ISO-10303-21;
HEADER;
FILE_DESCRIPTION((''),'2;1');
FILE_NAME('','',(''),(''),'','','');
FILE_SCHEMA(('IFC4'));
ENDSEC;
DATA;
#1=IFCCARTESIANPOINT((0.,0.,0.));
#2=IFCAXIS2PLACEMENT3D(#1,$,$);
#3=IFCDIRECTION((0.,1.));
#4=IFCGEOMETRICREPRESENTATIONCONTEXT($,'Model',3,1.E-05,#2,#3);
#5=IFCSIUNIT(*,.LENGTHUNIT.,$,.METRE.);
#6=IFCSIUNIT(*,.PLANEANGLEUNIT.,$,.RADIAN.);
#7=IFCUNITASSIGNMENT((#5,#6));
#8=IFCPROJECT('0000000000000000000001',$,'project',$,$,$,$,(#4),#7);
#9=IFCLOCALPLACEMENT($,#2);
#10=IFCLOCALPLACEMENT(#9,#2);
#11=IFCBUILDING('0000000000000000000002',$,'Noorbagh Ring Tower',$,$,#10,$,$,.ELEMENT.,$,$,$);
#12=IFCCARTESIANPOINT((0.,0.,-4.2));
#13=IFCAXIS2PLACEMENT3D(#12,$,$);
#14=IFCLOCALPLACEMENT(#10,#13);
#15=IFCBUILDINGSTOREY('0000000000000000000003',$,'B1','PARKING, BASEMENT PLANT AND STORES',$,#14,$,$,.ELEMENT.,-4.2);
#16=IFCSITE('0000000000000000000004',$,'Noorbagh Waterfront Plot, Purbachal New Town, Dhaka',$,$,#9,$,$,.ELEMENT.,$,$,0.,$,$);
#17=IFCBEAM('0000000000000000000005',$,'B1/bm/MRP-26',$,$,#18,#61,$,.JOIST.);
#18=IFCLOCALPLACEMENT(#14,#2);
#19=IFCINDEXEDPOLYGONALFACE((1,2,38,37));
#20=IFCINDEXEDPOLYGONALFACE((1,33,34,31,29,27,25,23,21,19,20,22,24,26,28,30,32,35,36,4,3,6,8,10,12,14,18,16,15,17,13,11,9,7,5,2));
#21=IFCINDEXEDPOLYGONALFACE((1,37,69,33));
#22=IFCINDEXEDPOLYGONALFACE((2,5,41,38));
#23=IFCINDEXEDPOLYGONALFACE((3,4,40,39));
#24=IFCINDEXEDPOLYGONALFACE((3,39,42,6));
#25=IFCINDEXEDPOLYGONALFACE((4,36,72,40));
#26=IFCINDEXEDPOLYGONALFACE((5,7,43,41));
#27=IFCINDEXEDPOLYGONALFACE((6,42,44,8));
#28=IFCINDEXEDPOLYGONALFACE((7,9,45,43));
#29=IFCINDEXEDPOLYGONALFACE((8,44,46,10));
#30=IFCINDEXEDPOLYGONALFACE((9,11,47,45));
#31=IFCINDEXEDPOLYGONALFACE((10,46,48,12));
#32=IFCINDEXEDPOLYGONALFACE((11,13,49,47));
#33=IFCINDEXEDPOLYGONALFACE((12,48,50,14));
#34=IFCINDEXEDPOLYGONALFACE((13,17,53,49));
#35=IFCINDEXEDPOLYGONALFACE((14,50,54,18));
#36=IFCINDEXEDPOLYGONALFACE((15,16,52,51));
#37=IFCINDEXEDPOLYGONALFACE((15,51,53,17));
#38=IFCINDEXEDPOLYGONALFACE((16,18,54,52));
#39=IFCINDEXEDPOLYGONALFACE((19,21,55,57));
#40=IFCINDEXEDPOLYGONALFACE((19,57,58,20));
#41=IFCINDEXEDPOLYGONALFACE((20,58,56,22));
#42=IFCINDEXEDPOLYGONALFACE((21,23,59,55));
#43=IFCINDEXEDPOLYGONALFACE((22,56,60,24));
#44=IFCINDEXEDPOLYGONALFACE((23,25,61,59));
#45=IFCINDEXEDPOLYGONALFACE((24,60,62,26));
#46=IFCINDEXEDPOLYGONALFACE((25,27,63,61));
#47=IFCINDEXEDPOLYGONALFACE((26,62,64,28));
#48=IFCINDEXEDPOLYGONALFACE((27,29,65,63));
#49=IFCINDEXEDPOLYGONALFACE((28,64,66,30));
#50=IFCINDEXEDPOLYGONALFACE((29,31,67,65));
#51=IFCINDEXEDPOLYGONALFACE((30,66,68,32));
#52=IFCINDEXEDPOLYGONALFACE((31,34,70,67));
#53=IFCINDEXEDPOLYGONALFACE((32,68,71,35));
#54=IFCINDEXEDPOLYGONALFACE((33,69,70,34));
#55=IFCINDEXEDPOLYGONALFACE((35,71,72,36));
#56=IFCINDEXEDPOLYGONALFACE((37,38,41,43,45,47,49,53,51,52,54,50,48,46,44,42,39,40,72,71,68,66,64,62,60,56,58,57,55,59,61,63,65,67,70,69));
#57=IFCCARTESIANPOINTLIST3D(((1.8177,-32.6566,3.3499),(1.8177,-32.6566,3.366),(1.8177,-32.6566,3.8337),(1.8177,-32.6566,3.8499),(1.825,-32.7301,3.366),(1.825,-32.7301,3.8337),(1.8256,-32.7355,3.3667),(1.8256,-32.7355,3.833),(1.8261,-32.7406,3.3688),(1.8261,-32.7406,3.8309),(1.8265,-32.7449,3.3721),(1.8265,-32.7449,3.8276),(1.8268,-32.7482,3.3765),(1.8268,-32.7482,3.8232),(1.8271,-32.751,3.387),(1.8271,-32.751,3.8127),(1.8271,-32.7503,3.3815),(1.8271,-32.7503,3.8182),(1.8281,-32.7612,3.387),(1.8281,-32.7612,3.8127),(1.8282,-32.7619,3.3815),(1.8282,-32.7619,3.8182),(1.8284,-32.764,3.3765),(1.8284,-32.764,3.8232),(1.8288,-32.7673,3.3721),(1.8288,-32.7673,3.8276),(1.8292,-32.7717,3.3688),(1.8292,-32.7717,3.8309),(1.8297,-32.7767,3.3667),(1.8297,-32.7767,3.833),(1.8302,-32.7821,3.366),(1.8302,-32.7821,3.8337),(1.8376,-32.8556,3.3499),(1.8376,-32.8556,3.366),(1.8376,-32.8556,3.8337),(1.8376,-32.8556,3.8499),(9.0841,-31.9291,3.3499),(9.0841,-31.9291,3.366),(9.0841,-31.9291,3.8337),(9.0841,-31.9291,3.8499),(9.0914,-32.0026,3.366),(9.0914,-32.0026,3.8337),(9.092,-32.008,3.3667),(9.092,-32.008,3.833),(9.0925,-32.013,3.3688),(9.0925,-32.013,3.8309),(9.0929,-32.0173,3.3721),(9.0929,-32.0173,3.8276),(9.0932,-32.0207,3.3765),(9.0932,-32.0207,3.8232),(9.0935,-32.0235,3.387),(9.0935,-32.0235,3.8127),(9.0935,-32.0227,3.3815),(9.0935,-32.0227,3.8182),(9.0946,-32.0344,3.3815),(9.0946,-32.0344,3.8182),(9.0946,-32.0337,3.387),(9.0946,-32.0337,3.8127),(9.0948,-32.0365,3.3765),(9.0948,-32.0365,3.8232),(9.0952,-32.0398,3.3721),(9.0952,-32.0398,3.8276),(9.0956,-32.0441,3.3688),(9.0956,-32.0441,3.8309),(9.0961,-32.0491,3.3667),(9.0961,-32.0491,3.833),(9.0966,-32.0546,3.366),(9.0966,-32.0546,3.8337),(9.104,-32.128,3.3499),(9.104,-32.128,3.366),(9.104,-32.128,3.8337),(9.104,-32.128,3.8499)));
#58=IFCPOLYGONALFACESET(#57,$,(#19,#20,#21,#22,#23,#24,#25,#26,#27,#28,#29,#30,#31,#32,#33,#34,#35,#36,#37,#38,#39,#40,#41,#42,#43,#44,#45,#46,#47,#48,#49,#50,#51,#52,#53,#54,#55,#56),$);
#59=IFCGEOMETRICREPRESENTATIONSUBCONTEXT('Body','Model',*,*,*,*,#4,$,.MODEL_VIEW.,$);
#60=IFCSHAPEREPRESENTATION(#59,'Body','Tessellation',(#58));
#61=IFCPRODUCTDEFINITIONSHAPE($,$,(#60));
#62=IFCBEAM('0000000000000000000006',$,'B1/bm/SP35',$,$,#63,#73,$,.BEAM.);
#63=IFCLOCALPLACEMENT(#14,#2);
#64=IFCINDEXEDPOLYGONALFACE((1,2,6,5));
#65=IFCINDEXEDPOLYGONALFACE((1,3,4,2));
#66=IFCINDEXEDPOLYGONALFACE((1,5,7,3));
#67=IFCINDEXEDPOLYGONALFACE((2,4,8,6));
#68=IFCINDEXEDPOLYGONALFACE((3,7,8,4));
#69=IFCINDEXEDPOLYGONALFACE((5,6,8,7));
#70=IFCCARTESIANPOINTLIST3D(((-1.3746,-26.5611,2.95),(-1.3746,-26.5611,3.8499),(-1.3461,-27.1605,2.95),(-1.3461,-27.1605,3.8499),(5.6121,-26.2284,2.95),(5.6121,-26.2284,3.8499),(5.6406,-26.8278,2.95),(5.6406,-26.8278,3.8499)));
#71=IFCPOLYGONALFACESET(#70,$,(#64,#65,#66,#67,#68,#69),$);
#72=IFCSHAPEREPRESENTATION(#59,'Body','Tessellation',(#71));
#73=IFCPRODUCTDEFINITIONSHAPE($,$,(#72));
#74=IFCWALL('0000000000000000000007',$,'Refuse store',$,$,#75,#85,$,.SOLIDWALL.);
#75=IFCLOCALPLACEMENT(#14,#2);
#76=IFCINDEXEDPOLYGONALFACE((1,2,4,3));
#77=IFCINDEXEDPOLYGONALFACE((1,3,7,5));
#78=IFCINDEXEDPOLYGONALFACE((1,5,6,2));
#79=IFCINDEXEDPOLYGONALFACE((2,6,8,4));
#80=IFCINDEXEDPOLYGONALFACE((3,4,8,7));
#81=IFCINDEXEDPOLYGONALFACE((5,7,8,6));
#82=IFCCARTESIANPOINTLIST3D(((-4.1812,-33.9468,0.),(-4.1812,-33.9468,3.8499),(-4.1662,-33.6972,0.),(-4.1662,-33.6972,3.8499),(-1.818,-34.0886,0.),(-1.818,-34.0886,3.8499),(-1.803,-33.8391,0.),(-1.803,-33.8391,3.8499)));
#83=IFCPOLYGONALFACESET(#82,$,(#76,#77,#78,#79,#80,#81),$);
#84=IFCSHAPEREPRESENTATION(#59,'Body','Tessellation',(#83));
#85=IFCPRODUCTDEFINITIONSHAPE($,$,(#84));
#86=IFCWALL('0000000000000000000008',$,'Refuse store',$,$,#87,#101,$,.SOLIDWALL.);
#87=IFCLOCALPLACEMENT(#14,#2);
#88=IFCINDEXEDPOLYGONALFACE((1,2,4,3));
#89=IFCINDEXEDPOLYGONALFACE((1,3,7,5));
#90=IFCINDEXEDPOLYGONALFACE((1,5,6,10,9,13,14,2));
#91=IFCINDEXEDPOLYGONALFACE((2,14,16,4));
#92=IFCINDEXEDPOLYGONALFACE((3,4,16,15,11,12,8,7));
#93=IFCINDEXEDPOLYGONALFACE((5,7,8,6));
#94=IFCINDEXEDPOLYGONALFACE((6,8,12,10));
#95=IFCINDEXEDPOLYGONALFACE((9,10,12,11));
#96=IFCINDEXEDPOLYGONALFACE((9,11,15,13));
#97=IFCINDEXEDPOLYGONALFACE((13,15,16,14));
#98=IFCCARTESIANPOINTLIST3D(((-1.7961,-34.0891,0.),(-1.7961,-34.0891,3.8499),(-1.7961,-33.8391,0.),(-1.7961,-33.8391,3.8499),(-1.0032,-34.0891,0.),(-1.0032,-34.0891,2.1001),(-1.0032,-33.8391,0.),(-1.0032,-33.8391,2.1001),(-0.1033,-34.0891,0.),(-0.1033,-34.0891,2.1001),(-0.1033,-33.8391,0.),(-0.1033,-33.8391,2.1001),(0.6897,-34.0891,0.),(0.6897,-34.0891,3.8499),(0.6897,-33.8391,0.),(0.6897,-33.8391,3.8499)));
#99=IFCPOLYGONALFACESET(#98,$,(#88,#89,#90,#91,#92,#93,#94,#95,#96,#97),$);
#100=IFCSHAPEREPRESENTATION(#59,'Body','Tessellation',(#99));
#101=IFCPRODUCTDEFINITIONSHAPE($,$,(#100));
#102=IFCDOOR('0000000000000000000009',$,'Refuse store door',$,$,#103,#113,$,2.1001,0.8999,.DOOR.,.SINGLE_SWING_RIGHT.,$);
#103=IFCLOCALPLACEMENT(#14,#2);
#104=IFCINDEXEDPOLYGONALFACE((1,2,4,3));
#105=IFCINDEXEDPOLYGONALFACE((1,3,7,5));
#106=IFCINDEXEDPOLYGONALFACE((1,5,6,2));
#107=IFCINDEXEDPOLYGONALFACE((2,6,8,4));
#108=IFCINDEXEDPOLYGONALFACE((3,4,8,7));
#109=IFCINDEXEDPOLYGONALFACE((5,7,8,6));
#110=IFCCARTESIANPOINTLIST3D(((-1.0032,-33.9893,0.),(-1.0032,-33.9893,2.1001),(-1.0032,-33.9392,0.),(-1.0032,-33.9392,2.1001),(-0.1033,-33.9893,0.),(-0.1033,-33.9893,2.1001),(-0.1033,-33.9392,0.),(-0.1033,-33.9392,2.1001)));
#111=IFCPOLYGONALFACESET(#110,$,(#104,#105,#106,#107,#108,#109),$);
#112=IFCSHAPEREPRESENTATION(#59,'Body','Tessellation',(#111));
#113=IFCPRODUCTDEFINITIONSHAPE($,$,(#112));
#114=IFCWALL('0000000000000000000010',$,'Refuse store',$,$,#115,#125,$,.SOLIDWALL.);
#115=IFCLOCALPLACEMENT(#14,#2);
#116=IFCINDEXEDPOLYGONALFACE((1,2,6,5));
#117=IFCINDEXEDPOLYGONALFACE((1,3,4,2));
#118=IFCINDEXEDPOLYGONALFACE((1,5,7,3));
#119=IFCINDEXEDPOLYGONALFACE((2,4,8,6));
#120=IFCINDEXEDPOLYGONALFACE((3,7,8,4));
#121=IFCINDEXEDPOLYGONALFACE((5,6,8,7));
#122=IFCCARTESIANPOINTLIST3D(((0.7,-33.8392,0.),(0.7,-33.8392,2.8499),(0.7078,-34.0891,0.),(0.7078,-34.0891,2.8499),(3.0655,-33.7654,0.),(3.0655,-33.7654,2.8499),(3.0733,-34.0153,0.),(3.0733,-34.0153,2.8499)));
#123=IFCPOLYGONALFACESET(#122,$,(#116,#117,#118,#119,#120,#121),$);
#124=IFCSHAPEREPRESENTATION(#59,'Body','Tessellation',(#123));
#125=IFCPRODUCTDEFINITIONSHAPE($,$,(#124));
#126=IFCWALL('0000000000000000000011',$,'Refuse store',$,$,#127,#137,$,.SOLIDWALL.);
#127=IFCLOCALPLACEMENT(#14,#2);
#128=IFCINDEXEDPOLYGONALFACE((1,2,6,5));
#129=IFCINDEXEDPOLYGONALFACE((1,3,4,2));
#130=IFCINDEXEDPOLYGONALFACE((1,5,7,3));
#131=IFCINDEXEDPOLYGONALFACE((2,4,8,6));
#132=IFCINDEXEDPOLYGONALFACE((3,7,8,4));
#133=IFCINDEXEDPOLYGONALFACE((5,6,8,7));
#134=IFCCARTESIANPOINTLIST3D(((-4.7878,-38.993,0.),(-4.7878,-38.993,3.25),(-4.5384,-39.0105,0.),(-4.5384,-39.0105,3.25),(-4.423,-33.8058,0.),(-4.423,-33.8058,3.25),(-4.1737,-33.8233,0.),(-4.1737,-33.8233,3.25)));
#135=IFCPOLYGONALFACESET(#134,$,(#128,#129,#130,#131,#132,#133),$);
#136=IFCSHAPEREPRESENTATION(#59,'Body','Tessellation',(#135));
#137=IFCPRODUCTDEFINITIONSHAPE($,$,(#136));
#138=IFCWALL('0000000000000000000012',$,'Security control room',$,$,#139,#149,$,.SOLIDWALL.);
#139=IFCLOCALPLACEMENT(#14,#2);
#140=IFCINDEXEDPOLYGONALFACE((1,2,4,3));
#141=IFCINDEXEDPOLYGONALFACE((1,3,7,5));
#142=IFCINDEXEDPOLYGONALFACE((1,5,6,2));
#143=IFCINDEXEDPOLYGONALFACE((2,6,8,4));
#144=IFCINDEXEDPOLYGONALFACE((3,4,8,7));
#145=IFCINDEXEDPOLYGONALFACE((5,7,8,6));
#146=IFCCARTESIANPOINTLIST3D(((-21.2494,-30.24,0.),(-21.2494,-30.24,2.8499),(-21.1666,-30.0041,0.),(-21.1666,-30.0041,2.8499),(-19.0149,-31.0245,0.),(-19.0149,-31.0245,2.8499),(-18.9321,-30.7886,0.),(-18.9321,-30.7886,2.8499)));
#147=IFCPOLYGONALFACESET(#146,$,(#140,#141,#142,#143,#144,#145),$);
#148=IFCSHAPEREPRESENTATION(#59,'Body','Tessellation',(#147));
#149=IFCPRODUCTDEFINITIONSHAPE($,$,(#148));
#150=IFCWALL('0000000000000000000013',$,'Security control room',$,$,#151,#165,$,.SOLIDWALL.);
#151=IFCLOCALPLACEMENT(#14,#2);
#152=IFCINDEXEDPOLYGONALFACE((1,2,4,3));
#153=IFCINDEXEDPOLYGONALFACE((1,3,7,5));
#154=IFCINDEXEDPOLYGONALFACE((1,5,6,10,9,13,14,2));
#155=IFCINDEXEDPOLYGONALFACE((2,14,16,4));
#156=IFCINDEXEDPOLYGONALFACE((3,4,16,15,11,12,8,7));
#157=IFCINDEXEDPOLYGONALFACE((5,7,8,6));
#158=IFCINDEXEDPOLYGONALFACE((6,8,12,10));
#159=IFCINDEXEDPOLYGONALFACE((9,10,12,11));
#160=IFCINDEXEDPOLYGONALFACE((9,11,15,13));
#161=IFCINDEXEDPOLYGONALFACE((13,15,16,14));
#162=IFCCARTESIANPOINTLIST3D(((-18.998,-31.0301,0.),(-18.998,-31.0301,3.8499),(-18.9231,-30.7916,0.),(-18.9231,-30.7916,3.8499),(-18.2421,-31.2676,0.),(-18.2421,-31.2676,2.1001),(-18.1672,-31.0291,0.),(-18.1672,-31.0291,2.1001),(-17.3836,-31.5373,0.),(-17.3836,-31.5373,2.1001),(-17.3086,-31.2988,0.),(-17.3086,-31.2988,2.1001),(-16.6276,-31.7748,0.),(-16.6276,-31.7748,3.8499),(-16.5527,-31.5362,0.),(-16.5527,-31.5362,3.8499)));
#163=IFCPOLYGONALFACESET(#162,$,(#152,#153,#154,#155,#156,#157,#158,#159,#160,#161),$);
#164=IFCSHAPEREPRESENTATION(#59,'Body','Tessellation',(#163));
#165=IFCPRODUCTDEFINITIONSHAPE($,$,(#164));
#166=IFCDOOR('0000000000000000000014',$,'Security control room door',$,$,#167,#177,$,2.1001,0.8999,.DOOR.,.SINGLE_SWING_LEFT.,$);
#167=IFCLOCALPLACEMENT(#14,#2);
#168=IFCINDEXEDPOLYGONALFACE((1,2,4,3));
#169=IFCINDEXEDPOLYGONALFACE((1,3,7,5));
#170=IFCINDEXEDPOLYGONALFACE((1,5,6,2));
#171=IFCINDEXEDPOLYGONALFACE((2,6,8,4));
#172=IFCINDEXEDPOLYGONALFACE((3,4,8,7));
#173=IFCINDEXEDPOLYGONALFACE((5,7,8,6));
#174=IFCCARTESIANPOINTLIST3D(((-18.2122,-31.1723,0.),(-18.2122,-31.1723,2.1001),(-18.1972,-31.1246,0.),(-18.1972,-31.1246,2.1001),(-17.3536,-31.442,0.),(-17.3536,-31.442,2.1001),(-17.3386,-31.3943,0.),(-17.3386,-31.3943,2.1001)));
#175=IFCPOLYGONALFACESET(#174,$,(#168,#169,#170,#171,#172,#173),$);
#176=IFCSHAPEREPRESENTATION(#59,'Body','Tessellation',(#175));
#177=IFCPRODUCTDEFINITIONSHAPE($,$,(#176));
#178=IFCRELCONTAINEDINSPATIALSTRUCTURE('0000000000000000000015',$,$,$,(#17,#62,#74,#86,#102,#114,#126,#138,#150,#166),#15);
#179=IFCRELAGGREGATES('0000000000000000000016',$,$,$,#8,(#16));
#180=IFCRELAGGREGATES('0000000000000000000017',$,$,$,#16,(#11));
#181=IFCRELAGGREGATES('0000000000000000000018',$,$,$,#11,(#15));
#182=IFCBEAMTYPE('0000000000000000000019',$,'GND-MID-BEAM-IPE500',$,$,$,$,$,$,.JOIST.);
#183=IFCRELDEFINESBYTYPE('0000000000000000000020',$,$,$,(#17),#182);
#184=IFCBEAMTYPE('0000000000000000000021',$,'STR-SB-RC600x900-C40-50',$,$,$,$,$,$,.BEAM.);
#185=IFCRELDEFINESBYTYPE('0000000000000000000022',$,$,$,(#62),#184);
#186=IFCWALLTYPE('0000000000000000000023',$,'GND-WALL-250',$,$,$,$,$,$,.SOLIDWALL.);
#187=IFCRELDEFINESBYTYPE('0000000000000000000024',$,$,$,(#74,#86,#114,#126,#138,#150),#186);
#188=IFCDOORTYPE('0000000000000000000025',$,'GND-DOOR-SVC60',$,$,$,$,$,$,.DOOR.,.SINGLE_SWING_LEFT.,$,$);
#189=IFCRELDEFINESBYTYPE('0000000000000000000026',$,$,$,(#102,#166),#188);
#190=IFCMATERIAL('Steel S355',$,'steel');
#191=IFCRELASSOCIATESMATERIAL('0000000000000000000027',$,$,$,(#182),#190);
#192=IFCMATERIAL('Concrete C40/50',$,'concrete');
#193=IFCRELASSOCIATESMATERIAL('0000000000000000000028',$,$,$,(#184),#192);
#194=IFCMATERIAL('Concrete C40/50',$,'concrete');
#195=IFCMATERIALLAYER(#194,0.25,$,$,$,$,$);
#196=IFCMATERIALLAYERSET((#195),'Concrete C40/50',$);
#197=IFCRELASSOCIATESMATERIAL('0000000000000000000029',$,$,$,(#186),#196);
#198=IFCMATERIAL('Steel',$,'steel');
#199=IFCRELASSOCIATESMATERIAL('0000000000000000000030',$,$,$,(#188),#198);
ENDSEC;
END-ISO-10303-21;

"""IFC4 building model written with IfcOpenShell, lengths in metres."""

from ifc_helpers import new_model, si_unit, direction, frame, frame_2d, origin, origin_2d, place, context, subcontext, project, spatial, rectangle, i_section, extrude, material, layer, layer_set, material_profile, profile_set, type_object, element, fill, save


model = new_model("IFC4")

# Units and contexts
model_context = context("Model", 3, precision=1e-05, world=origin(), true_north=direction((0.0, 1.0)))
body_context = subcontext(model_context, "Body", "Model", "MODEL_VIEW")
ifc_project = project(units=[si_unit("LENGTHUNIT", "METRE"), si_unit("PLANEANGLEUNIT", "RADIAN")], contexts=[model_context])

# Site, building, storey
site_placement = place(None, origin())
site = spatial("IfcSite", under=ifc_project, at=site_placement, Name="Noorbagh Waterfront Plot, Purbachal New Town, Dhaka", CompositionType="ELEMENT", RefElevation=0.0)
building_placement = place(site_placement, origin())
building = spatial("IfcBuilding", under=site, at=building_placement, Name="Noorbagh Ring Tower", CompositionType="ELEMENT")
storey_placement = place(building_placement, frame((0.0, 0.0, -4.2)))
storey = spatial("IfcBuildingStorey", under=building, at=storey_placement, Name="B1", Description="PARKING, BASEMENT PLANT AND STORES", CompositionType="ELEMENT", Elevation=-4.2)

# Beams
ifc_material_1 = material(Name="Steel S355", Category="steel")
ifc_material_profile_1 = material_profile(ifc_material_1, i_section(OverallWidth=0.2, OverallDepth=0.5, WebThickness=0.0103, FlangeThickness=0.0161, FilletRadius=0.021, at=origin_2d()), Name="IPE500")
ifc_profile_set_1 = profile_set([ifc_material_profile_1], Name="Steel S355")
beam_type_1 = type_object("IfcBeamType", Name="GND-MID-BEAM-IPE500", PredefinedType="JOIST", material=ifc_profile_set_1)
beam_1_placement = place(storey_placement, frame((1.8276, -32.7561, 3.5999), z_axis=(0.995025, 0.099626, 0.0), x_axis=(-0.099626, 0.995025, 0.0)))
element("IfcBeam", 1, at=beam_1_placement, inside=storey, type_object=beam_type_1, Name="B1/bm/MRP-26", PredefinedType="JOIST", context=body_context, shape_type="SweptSolid", body=[
    extrude(i_section(OverallWidth=0.2, OverallDepth=0.5, WebThickness=0.0103, FlangeThickness=0.0161, FilletRadius=0.021, at=origin_2d()), origin(), (0.0, 0.0, 1.0), 7.3027),
])
ifc_material_2 = material(Name="Concrete C40/50", Category="concrete")
ifc_material_profile_2 = material_profile(ifc_material_2, rectangle(XDim=0.6001, YDim=0.8999, at=origin_2d()), Name="RC600x900")
ifc_profile_set_2 = profile_set([ifc_material_profile_2], Name="Concrete C40/50")
beam_type_2 = type_object("IfcBeamType", Name="STR-SB-RC600x900-C40-50", PredefinedType="BEAM", material=ifc_profile_set_2)
beam_2_placement = place(storey_placement, frame((-1.3604, -26.8608, 3.3999), z_axis=(0.998868, 0.047573, 0.0), x_axis=(-0.047573, 0.998868, 0.0)))
element("IfcBeam", 2, at=beam_2_placement, inside=storey, type_object=beam_type_2, Name="B1/bm/SP35", PredefinedType="BEAM", context=body_context, shape_type="SweptSolid", body=[
    extrude(rectangle(XDim=0.6001, YDim=0.8999, at=origin_2d()), origin(), (0.0, 0.0, 1.0), 6.9946),
])

# Wall
ifc_material_3 = material(Name="Concrete C40/50", Category="concrete")
ifc_layer_1 = layer(ifc_material_3, 0.25)
ifc_layer_set_1 = layer_set([ifc_layer_1], Name="Concrete C40/50")
wall_type_1 = type_object("IfcWallType", Name="GND-WALL-250", PredefinedType="SOLIDWALL", material=ifc_layer_set_1)
wall_1_placement = place(storey_placement, frame((-4.1736, -33.822, 0.0), z_axis=(0.0, 0.0, 1.0), x_axis=(0.998204, -0.059913, 0.0)))
element("IfcWall", 3, at=wall_1_placement, inside=storey, type_object=wall_type_1, Name="Refuse store", PredefinedType="SOLIDWALL", context=body_context, shape_type="SweptSolid", body=[
    extrude(rectangle(XDim=2.3674, YDim=0.25, at=frame_2d((1.1836, 0.0))), origin(), (0.0, 0.0, 1.0), 3.8499),
])

# Wall, opening, door
wall_2_placement = place(storey_placement, frame((-1.7961, -33.9641, 0.0), z_axis=(0.0, 0.0, 1.0), x_axis=(1.0, 0.0, 0.0)))
wall_2 = element("IfcWall", 4, at=wall_2_placement, inside=storey, type_object=wall_type_1, Name="Refuse store", PredefinedType="SOLIDWALL", context=body_context, shape_type="SweptSolid", body=[
    extrude(rectangle(XDim=2.4858, YDim=0.25, at=frame_2d((1.2429, 0.0))), origin(), (0.0, 0.0, 1.0), 3.8499),
])
opening_1_placement = place(wall_2_placement, frame((0.793, 0.0, 0.0)))
opening_1 = element("IfcOpeningElement", 5, at=opening_1_placement, cuts=wall_2, PredefinedType="OPENING", context=body_context, shape_type="SweptSolid", body=[
    extrude(rectangle(XDim=0.8999, YDim=2.1001, at=frame_2d((0.45, 1.05))), frame((0.0, 0.135, 0.0), z_axis=(0.0, -1.0, 0.0), x_axis=(1.0, 0.0, 0.0)), (0.0, 0.0, 1.0), 0.27),
])
ifc_material_4 = material(Name="Steel", Category="steel")
door_type_1 = type_object("IfcDoorType", Name="GND-DOOR-SVC60", OperationType="SINGLE_SWING_LEFT", PredefinedType="DOOR", material=ifc_material_4)
door_1_placement = place(opening_1_placement, origin())
door_1 = element("IfcDoor", 6, at=door_1_placement, inside=storey, type_object=door_type_1, Name="Refuse store door", OperationType="SINGLE_SWING_RIGHT", OverallHeight=2.1001, OverallWidth=0.8999, PredefinedType="DOOR", context=body_context, shape_type="SweptSolid", body=[
    extrude(rectangle(XDim=0.8999, YDim=2.1001, at=frame_2d((0.45, 1.05))), frame((0.0, 0.0249, 0.0), z_axis=(0.0, -1.0, 0.0), x_axis=(1.0, 0.0, 0.0)), (0.0, 0.0, 1.0), 0.05),
])
fill(opening_1, door_1)

# Walls
wall_3_placement = place(storey_placement, frame((0.7039, -33.9641, 0.0), z_axis=(0.0, 0.0, 1.0), x_axis=(0.999515, 0.031154, 0.0)))
element("IfcWall", 7, at=wall_3_placement, inside=storey, type_object=wall_type_1, Name="Refuse store", PredefinedType="SOLIDWALL", context=body_context, shape_type="SweptSolid", body=[
    extrude(rectangle(XDim=2.3667, YDim=0.25, at=frame_2d((1.1833, 0.0))), origin(), (0.0, 0.0, 1.0), 2.8499),
])
wall_4_placement = place(storey_placement, frame((-4.2983, -33.8145, 0.0), z_axis=(0.0, 0.0, 1.0), x_axis=(-0.070143, -0.997537, 0.0)))
element("IfcWall", 8, at=wall_4_placement, inside=storey, type_object=wall_type_1, Name="Refuse store", PredefinedType="SOLIDWALL", context=body_context, shape_type="SweptSolid", body=[
    extrude(rectangle(XDim=5.2, YDim=0.25, at=frame_2d((2.6001, 0.0))), origin(), (0.0, 0.0, 1.0), 3.25),
])
wall_5_placement = place(storey_placement, frame((-21.208, -30.1221, 0.0), z_axis=(0.0, 0.0, 1.0), x_axis=(0.943543, -0.33125, 0.0)))
element("IfcWall", 9, at=wall_5_placement, inside=storey, type_object=wall_type_1, Name="Security control room", PredefinedType="SOLIDWALL", context=body_context, shape_type="SweptSolid", body=[
    extrude(rectangle(XDim=2.3682, YDim=0.25, at=frame_2d((1.1841, 0.0))), origin(), (0.0, 0.0, 1.0), 2.8499),
])

# Wall, opening, door
wall_6_placement = place(storey_placement, frame((-18.9604, -30.9109, 0.0), z_axis=(0.0, 0.0, 1.0), x_axis=(0.954033, -0.299701, 0.0)))
wall_6 = element("IfcWall", 10, at=wall_6_placement, inside=storey, type_object=wall_type_1, Name="Security control room", PredefinedType="SOLIDWALL", context=body_context, shape_type="SweptSolid", body=[
    extrude(rectangle(XDim=2.4846, YDim=0.25, at=frame_2d((1.2422, 0.0))), origin(), (0.0, 0.0, 1.0), 3.8499),
])
opening_2_placement = place(wall_6_placement, frame((0.7922, 0.0, 0.0)))
opening_2 = element("IfcOpeningElement", 11, at=opening_2_placement, cuts=wall_6, PredefinedType="OPENING", context=body_context, shape_type="SweptSolid", body=[
    extrude(rectangle(XDim=0.8999, YDim=2.1001, at=frame_2d((0.45, 1.05))), frame((0.0, 0.135, 0.0), z_axis=(0.0, -1.0, 0.0), x_axis=(1.0, 0.0, 0.0)), (0.0, 0.0, 1.0), 0.27),
])
door_2_placement = place(opening_2_placement, origin())
door_2 = element("IfcDoor", 12, at=door_2_placement, inside=storey, type_object=door_type_1, Name="Security control room door", OperationType="SINGLE_SWING_LEFT", OverallHeight=2.1001, OverallWidth=0.8999, PredefinedType="DOOR", context=body_context, shape_type="SweptSolid", body=[
    extrude(rectangle(XDim=0.8999, YDim=2.1001, at=frame_2d((0.45, 1.05))), frame((0.0, 0.0249, 0.0), z_axis=(0.0, -1.0, 0.0), x_axis=(1.0, 0.0, 0.0)), (0.0, 0.0, 1.0), 0.05),
])
fill(opening_2, door_2)

save(model, "model.ifc")
